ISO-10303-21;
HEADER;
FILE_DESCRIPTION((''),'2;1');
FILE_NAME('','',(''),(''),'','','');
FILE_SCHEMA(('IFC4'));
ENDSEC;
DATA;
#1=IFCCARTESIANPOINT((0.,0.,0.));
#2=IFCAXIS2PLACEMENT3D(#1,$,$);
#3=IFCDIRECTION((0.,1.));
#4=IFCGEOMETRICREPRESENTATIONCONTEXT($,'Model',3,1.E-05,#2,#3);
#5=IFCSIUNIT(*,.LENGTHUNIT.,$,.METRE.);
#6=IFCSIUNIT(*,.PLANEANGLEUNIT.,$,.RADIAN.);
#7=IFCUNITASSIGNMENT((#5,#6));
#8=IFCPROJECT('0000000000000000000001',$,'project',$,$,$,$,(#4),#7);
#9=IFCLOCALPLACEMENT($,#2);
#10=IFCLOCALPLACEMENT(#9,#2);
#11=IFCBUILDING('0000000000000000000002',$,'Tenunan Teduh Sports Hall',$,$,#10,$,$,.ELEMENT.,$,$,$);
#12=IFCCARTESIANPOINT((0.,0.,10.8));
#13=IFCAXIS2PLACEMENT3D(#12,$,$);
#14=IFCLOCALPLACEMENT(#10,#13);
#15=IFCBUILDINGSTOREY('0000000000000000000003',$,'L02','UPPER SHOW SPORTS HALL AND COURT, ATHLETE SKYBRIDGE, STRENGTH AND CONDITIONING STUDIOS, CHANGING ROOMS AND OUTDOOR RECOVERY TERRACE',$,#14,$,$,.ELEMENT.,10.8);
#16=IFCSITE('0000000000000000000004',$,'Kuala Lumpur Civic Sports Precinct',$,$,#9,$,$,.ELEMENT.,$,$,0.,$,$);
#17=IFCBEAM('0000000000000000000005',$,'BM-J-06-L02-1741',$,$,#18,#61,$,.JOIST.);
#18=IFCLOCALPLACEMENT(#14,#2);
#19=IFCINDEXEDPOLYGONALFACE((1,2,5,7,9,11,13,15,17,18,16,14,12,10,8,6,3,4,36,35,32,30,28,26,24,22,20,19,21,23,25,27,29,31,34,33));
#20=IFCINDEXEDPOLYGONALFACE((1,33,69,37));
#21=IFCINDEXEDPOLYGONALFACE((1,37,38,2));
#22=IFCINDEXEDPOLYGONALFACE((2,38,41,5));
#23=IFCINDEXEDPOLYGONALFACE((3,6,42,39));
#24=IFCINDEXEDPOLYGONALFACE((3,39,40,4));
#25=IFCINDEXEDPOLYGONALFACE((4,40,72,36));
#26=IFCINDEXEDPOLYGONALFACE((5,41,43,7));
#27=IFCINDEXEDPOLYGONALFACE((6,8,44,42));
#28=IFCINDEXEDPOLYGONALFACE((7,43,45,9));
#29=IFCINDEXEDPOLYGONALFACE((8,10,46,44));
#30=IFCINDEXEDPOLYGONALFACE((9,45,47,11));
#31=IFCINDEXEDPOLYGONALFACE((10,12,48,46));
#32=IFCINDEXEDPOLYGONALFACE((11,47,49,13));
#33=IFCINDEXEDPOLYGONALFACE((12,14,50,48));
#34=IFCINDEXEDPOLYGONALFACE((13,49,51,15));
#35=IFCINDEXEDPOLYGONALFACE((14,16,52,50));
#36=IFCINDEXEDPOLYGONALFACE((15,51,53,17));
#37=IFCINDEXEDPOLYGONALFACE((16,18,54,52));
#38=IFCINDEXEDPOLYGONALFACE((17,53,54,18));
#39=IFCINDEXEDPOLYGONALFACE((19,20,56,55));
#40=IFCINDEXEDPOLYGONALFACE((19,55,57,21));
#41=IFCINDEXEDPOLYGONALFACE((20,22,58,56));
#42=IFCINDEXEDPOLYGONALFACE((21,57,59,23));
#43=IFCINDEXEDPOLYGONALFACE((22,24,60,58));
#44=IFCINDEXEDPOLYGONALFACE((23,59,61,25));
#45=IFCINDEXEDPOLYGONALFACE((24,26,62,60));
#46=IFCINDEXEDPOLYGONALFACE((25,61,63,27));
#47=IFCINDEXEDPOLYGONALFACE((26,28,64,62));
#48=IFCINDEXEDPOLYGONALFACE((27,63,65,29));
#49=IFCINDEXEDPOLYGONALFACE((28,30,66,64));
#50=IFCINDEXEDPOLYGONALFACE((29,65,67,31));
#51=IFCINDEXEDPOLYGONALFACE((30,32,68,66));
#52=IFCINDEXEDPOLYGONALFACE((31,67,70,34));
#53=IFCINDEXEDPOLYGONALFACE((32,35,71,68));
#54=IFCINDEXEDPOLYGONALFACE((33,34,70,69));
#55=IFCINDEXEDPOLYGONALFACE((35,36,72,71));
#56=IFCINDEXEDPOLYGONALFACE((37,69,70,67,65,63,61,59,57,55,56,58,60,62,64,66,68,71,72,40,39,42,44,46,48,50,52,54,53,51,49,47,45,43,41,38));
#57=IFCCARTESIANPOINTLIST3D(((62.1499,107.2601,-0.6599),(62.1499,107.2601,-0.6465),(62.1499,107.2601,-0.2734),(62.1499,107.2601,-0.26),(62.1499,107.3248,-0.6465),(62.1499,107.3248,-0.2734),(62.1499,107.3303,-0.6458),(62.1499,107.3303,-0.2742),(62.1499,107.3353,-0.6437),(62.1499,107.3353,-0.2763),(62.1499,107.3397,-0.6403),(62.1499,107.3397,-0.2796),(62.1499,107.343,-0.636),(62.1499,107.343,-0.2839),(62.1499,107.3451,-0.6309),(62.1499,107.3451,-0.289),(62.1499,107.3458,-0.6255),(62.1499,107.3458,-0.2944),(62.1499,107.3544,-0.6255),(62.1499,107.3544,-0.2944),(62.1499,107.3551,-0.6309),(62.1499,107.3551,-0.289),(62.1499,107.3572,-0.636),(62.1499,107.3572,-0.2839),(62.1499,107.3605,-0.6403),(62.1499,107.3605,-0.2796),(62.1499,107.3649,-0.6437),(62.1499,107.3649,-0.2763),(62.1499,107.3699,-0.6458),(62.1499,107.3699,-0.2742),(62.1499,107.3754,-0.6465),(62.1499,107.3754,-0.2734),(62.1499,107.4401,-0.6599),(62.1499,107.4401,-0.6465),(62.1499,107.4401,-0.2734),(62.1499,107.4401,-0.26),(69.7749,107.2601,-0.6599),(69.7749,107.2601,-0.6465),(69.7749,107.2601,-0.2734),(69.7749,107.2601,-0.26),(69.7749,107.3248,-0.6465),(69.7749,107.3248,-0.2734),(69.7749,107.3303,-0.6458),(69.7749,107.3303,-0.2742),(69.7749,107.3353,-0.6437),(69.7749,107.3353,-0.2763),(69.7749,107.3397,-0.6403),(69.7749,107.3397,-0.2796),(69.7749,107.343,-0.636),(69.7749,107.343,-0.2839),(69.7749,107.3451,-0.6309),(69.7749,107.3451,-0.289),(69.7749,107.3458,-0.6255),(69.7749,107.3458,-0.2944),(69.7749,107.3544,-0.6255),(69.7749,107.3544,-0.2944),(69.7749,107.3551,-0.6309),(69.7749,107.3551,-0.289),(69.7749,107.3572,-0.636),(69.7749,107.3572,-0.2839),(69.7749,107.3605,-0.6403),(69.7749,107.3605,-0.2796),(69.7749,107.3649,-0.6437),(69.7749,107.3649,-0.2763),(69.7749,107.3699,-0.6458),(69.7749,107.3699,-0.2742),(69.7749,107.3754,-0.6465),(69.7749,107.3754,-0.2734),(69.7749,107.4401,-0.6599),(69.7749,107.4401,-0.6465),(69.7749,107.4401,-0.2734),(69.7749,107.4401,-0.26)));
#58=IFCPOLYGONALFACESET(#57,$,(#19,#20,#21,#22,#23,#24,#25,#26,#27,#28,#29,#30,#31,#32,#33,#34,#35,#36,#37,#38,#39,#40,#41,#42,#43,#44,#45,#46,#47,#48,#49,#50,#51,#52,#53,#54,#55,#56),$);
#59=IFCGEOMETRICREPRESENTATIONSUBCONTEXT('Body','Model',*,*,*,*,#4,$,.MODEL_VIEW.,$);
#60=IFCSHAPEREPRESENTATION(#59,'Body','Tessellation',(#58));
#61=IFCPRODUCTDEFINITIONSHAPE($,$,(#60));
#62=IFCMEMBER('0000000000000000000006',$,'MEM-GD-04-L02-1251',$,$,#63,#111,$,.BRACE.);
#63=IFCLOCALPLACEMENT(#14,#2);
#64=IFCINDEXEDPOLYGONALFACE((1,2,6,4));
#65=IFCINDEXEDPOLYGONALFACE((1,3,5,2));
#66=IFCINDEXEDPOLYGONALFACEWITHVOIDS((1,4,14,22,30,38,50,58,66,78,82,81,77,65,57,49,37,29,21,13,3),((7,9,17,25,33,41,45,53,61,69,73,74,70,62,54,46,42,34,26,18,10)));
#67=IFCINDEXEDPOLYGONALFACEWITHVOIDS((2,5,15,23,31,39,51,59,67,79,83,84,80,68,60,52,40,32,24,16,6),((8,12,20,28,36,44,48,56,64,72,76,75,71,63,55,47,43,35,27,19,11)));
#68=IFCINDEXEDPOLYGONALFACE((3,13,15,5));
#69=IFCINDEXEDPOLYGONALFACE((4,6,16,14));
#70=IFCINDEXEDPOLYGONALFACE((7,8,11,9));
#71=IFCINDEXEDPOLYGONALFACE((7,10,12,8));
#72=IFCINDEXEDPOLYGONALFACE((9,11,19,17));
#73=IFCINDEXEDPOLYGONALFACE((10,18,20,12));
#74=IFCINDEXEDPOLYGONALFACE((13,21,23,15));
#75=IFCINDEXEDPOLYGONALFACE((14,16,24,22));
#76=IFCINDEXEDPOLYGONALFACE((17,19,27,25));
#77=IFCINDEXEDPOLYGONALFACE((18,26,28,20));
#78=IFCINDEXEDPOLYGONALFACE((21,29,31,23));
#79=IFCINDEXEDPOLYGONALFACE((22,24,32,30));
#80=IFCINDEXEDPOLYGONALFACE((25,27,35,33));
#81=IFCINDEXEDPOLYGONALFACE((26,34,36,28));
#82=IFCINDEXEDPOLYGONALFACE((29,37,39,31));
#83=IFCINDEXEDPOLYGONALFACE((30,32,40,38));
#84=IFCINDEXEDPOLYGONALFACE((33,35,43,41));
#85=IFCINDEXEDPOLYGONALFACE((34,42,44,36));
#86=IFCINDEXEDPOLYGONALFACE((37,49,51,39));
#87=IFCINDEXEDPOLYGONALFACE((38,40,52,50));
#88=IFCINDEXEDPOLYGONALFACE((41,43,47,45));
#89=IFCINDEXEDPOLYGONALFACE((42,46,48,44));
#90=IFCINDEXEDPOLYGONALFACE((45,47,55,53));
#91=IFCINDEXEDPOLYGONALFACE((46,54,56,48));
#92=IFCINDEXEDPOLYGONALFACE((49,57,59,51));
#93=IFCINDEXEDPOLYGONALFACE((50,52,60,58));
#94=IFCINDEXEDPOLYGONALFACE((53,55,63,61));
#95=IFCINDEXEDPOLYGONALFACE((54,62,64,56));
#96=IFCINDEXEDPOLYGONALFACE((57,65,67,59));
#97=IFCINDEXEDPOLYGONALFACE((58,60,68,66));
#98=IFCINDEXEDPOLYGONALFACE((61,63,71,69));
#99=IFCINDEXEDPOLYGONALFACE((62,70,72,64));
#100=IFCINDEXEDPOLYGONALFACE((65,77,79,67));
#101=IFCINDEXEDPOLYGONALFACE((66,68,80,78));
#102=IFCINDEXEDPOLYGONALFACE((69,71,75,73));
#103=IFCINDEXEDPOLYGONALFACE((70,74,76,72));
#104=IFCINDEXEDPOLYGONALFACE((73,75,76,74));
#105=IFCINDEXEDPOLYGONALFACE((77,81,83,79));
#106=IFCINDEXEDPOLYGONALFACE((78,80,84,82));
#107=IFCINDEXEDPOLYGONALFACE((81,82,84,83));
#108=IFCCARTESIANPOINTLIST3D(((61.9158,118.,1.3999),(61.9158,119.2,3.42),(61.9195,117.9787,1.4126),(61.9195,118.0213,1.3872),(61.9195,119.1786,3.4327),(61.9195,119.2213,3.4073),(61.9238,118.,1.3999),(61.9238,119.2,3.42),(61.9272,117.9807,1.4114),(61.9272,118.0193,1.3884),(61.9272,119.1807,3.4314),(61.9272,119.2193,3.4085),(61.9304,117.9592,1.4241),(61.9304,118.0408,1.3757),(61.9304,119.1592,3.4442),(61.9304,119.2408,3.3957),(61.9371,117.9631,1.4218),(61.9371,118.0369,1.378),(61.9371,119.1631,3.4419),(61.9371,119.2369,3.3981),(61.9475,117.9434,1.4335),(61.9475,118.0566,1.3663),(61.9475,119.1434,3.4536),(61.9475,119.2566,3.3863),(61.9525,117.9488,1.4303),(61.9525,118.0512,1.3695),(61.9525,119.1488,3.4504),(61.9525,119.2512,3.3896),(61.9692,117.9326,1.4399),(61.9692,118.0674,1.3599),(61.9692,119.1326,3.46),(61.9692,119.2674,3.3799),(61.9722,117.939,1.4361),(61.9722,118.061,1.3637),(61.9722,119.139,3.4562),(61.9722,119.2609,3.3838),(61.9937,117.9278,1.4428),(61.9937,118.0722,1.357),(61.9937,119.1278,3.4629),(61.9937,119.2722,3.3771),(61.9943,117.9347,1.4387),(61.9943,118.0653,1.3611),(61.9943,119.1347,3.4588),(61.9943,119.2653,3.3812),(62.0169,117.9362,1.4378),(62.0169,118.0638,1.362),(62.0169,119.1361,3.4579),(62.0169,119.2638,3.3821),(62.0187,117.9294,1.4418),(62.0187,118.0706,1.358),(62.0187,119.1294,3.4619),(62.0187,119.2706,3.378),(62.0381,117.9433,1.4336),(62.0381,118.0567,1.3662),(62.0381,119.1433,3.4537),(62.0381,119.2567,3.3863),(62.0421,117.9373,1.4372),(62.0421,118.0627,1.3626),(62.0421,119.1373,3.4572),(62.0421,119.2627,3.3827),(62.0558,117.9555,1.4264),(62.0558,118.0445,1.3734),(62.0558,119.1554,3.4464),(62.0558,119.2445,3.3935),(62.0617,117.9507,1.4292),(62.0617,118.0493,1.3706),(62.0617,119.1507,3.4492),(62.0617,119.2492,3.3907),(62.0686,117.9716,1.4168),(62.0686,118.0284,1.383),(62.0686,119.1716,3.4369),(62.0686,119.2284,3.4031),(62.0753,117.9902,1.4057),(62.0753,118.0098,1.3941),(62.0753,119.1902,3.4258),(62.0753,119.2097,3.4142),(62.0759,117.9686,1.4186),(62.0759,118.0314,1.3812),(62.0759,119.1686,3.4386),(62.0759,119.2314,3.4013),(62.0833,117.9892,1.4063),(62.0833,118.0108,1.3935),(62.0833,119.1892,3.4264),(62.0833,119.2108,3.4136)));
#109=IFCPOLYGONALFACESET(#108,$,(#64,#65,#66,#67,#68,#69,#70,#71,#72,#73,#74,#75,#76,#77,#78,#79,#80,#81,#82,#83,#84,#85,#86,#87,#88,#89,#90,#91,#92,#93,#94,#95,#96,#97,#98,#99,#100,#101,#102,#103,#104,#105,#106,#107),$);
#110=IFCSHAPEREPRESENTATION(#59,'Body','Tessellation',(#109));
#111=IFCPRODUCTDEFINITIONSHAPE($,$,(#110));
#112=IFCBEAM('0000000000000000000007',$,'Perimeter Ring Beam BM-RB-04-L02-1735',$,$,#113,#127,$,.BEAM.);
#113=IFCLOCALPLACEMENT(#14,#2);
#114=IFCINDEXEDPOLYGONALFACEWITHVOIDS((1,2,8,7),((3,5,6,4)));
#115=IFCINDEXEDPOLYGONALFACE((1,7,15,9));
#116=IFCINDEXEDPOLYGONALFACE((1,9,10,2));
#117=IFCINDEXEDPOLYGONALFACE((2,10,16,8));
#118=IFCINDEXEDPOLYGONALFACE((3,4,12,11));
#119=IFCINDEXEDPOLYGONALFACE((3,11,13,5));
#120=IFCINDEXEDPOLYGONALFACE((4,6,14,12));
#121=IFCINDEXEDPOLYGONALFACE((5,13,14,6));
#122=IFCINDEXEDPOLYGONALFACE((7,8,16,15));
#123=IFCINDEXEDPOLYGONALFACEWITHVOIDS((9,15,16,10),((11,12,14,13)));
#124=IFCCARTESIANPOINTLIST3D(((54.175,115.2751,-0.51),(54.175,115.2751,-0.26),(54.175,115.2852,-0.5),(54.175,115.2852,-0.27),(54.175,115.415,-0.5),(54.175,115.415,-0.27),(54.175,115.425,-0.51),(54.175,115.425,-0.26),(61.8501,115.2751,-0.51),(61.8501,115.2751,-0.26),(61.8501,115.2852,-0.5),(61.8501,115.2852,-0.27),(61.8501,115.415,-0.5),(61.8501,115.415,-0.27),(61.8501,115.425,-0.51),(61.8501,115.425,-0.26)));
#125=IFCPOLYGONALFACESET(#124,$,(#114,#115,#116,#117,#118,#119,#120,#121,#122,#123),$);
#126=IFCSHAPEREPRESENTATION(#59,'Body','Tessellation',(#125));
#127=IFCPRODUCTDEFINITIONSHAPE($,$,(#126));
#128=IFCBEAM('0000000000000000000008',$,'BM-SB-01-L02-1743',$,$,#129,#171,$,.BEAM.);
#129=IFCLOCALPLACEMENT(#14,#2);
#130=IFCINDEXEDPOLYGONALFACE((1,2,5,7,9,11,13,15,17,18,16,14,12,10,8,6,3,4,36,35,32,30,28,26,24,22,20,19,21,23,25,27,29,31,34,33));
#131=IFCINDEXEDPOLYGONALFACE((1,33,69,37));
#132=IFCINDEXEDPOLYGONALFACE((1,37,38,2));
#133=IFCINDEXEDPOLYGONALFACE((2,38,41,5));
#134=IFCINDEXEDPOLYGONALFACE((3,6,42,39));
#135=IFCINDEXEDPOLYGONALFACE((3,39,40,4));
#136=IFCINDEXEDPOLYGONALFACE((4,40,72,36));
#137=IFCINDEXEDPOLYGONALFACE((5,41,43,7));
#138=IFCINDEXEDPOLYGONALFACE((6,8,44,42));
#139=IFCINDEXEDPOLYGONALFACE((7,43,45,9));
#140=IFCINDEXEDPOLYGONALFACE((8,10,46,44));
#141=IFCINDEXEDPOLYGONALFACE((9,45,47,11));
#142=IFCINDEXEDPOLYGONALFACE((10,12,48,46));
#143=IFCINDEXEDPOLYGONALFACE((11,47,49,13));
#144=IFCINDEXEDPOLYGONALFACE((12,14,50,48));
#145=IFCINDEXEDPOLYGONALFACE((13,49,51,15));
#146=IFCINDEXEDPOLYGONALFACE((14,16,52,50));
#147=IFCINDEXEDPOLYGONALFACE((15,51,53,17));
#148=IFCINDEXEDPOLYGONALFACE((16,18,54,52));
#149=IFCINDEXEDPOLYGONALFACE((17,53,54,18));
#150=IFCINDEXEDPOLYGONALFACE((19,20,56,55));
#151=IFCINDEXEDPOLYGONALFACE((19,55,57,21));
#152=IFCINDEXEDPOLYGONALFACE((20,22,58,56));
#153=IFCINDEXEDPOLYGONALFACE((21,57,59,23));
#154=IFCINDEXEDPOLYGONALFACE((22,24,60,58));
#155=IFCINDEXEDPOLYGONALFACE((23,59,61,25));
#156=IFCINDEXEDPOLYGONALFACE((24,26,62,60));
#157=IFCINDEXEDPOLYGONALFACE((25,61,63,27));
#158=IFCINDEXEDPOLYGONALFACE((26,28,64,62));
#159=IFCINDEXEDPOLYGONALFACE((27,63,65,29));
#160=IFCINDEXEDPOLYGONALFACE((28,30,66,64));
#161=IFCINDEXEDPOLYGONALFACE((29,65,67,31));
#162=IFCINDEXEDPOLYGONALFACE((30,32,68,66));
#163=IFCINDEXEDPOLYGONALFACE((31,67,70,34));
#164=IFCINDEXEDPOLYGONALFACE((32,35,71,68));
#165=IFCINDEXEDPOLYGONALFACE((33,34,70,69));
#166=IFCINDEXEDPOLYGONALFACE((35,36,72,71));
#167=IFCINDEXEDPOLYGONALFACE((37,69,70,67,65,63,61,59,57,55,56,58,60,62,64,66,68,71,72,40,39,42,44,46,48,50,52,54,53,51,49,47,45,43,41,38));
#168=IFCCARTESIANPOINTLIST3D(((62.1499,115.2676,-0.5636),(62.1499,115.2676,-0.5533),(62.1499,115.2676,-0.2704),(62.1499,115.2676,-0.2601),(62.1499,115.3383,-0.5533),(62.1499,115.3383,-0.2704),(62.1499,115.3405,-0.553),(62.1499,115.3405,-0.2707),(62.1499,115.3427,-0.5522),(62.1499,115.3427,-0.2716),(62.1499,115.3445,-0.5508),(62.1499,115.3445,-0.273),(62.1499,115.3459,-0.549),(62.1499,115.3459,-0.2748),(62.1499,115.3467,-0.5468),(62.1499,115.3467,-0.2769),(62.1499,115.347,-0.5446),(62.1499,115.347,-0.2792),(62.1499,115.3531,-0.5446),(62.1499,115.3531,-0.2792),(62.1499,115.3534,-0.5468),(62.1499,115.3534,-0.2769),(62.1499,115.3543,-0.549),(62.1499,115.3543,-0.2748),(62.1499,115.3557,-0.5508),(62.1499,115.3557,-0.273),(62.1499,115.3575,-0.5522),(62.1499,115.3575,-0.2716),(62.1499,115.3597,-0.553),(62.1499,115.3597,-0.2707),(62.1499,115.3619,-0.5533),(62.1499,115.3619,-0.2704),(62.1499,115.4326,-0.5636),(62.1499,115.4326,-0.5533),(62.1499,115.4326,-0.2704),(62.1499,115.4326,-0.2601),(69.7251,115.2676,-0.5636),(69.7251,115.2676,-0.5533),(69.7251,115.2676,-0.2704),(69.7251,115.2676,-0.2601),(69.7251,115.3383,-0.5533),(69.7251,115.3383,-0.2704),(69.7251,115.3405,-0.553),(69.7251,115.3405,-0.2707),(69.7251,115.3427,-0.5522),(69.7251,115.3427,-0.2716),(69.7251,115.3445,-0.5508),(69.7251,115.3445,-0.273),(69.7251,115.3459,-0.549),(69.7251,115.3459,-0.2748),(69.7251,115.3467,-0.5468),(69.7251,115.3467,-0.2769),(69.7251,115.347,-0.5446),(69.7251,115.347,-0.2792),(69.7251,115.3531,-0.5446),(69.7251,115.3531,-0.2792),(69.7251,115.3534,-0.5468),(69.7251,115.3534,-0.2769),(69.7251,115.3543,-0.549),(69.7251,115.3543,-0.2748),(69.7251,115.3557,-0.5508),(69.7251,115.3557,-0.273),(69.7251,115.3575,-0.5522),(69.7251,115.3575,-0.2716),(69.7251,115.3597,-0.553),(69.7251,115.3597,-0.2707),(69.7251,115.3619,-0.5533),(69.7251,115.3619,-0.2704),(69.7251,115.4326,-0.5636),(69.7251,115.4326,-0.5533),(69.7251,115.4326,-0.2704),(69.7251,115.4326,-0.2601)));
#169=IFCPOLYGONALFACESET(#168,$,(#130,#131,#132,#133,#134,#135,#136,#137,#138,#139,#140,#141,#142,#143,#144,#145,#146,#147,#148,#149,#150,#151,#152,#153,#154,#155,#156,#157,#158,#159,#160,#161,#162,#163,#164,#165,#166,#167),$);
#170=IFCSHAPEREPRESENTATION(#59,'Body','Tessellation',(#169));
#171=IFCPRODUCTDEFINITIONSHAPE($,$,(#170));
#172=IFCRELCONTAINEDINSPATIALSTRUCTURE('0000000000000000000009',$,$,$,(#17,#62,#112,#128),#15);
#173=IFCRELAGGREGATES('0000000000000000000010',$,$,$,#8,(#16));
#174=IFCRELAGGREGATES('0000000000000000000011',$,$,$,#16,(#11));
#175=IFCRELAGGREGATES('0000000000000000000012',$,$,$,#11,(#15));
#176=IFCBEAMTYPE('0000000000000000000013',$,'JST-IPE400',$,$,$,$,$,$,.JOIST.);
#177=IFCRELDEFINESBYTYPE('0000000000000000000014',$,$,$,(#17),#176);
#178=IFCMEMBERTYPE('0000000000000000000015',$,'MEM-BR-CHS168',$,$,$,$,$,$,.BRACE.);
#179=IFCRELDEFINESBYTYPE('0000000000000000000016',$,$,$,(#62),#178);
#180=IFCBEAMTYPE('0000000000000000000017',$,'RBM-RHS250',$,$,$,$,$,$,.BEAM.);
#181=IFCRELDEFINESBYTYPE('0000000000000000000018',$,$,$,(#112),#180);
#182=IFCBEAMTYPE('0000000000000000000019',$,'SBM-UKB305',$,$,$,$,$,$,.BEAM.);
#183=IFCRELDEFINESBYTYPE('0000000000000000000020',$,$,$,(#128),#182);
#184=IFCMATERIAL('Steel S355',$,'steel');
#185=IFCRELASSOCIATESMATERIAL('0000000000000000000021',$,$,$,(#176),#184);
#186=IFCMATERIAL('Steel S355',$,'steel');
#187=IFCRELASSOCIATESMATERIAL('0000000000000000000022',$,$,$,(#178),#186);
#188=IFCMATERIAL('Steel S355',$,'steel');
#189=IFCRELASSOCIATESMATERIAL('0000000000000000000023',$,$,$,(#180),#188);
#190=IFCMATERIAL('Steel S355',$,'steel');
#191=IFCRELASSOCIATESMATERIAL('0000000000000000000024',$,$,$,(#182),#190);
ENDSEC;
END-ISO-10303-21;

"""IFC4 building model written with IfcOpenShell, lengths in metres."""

from ifc_helpers import new_model, si_unit, direction, frame, origin, origin_2d, place, context, subcontext, project, spatial, hollow_rectangle, hollow_circle, i_section, extrude, material, material_profile, profile_set, type_object, element, save


model = new_model("IFC4")

# Units and contexts
model_context = context("Model", 3, precision=1e-05, world=origin(), true_north=direction((0.0, 1.0)))
body_context = subcontext(model_context, "Body", "Model", "MODEL_VIEW")
ifc_project = project(units=[si_unit("LENGTHUNIT", "METRE"), si_unit("PLANEANGLEUNIT", "RADIAN")], contexts=[model_context])

# Site, building, storey
site_placement = place(None, origin())
site = spatial("IfcSite", under=ifc_project, at=site_placement, Name="Kuala Lumpur Civic Sports Precinct", CompositionType="ELEMENT", RefElevation=0.0)
building_placement = place(site_placement, origin())
building = spatial("IfcBuilding", under=site, at=building_placement, Name="Tenunan Teduh Sports Hall", CompositionType="ELEMENT")
storey_placement = place(building_placement, frame((0.0, 0.0, 10.8)))
storey = spatial("IfcBuildingStorey", under=building, at=storey_placement, Name="L02", Description="UPPER SHOW SPORTS HALL AND COURT, ATHLETE SKYBRIDGE, STRENGTH AND CONDITIONING STUDIOS, CHANGING ROOMS AND OUTDOOR RECOVERY TERRACE", CompositionType="ELEMENT", Elevation=10.8)

# Beam
ifc_material_1 = material(Name="Steel S355", Category="steel")
ifc_material_profile_1 = material_profile(ifc_material_1, i_section(OverallWidth=0.1799, OverallDepth=0.3999, WebThickness=0.0085, FlangeThickness=0.0134, FilletRadius=0.021, at=origin_2d()), Name="IPE 400")
ifc_profile_set_1 = profile_set([ifc_material_profile_1], Name="Steel S355")
beam_type_1 = type_object("IfcBeamType", Name="JST-IPE400", PredefinedType="JOIST", material=ifc_profile_set_1)
beam_1_placement = place(storey_placement, frame((62.1499, 107.3501, -0.46), z_axis=(1.0, 0.0, 0.0), x_axis=(0.0, 1.0, 0.0)))
element("IfcBeam", 1, at=beam_1_placement, inside=storey, type_object=beam_type_1, Name="BM-J-06-L02-1741", PredefinedType="JOIST", context=body_context, shape_type="SweptSolid", body=[
    extrude(i_section(OverallWidth=0.1799, OverallDepth=0.3999, WebThickness=0.0085, FlangeThickness=0.0134, FilletRadius=0.021, at=origin_2d()), origin(), (0.0, 0.0, 1.0), 7.625),
])

# Member
ifc_material_2 = material(Name="Steel S355", Category="steel")
ifc_material_profile_2 = material_profile(ifc_material_2, hollow_circle(Radius=0.0842, WallThickness=0.0081, at=origin_2d()), Name="CHS 168.3x8.0")
ifc_profile_set_2 = profile_set([ifc_material_profile_2], Name="Steel S355")
member_type = type_object("IfcMemberType", Name="MEM-BR-CHS168", PredefinedType="BRACE", material=ifc_profile_set_2)
member_placement = place(storey_placement, frame((62.0, 118.0, 1.3999), z_axis=(0.0, 0.510716, 0.859749), x_axis=(-1.0, 0.0, 0.0)))
element("IfcMember", 2, at=member_placement, inside=storey, type_object=member_type, Name="MEM-GD-04-L02-1251", PredefinedType="BRACE", context=body_context, shape_type="SweptSolid", body=[
    extrude(hollow_circle(Radius=0.0842, WallThickness=0.0081, at=origin_2d()), origin(), (0.0, 0.0, 1.0), 2.3496),
])

# Beams
ifc_material_3 = material(Name="Steel S355", Category="steel")
ifc_material_profile_3 = material_profile(ifc_material_3, hollow_rectangle(XDim=0.1499, YDim=0.25, WallThickness=0.01, at=origin_2d()), Name="RHS 250x150x10.0")
ifc_profile_set_3 = profile_set([ifc_material_profile_3], Name="Steel S355")
beam_type_2 = type_object("IfcBeamType", Name="RBM-RHS250", PredefinedType="BEAM", material=ifc_profile_set_3)
beam_2_placement = place(storey_placement, frame((54.175, 115.3501, -0.385), z_axis=(1.0, 0.0, 0.0), x_axis=(0.0, 1.0, 0.0)))
element("IfcBeam", 3, at=beam_2_placement, inside=storey, type_object=beam_type_2, Name="Perimeter Ring Beam BM-RB-04-L02-1735", PredefinedType="BEAM", context=body_context, shape_type="SweptSolid", body=[
    extrude(hollow_rectangle(XDim=0.1499, YDim=0.25, WallThickness=0.01, at=origin_2d()), origin(), (0.0, 0.0, 1.0), 7.675),
])
ifc_material_4 = material(Name="Steel S355", Category="steel")
ifc_material_profile_4 = material_profile(ifc_material_4, i_section(OverallWidth=0.165, OverallDepth=0.3035, WebThickness=0.0061, FlangeThickness=0.0103, FilletRadius=0.0088, at=origin_2d()), Name="UKB 305x165x40")
ifc_profile_set_4 = profile_set([ifc_material_profile_4], Name="Steel S355")
beam_type_3 = type_object("IfcBeamType", Name="SBM-UKB305", PredefinedType="BEAM", material=ifc_profile_set_4)
beam_3_placement = place(storey_placement, frame((62.1499, 115.3501, -0.4119), z_axis=(1.0, 0.0, 0.0), x_axis=(0.0, 1.0, 0.0)))
element("IfcBeam", 4, at=beam_3_placement, inside=storey, type_object=beam_type_3, Name="BM-SB-01-L02-1743", PredefinedType="BEAM", context=body_context, shape_type="SweptSolid", body=[
    extrude(i_section(OverallWidth=0.165, OverallDepth=0.3035, WebThickness=0.0061, FlangeThickness=0.0103, FilletRadius=0.0088, at=origin_2d()), origin(), (0.0, 0.0, 1.0), 7.5752),
])

save(model, "model.ifc")
